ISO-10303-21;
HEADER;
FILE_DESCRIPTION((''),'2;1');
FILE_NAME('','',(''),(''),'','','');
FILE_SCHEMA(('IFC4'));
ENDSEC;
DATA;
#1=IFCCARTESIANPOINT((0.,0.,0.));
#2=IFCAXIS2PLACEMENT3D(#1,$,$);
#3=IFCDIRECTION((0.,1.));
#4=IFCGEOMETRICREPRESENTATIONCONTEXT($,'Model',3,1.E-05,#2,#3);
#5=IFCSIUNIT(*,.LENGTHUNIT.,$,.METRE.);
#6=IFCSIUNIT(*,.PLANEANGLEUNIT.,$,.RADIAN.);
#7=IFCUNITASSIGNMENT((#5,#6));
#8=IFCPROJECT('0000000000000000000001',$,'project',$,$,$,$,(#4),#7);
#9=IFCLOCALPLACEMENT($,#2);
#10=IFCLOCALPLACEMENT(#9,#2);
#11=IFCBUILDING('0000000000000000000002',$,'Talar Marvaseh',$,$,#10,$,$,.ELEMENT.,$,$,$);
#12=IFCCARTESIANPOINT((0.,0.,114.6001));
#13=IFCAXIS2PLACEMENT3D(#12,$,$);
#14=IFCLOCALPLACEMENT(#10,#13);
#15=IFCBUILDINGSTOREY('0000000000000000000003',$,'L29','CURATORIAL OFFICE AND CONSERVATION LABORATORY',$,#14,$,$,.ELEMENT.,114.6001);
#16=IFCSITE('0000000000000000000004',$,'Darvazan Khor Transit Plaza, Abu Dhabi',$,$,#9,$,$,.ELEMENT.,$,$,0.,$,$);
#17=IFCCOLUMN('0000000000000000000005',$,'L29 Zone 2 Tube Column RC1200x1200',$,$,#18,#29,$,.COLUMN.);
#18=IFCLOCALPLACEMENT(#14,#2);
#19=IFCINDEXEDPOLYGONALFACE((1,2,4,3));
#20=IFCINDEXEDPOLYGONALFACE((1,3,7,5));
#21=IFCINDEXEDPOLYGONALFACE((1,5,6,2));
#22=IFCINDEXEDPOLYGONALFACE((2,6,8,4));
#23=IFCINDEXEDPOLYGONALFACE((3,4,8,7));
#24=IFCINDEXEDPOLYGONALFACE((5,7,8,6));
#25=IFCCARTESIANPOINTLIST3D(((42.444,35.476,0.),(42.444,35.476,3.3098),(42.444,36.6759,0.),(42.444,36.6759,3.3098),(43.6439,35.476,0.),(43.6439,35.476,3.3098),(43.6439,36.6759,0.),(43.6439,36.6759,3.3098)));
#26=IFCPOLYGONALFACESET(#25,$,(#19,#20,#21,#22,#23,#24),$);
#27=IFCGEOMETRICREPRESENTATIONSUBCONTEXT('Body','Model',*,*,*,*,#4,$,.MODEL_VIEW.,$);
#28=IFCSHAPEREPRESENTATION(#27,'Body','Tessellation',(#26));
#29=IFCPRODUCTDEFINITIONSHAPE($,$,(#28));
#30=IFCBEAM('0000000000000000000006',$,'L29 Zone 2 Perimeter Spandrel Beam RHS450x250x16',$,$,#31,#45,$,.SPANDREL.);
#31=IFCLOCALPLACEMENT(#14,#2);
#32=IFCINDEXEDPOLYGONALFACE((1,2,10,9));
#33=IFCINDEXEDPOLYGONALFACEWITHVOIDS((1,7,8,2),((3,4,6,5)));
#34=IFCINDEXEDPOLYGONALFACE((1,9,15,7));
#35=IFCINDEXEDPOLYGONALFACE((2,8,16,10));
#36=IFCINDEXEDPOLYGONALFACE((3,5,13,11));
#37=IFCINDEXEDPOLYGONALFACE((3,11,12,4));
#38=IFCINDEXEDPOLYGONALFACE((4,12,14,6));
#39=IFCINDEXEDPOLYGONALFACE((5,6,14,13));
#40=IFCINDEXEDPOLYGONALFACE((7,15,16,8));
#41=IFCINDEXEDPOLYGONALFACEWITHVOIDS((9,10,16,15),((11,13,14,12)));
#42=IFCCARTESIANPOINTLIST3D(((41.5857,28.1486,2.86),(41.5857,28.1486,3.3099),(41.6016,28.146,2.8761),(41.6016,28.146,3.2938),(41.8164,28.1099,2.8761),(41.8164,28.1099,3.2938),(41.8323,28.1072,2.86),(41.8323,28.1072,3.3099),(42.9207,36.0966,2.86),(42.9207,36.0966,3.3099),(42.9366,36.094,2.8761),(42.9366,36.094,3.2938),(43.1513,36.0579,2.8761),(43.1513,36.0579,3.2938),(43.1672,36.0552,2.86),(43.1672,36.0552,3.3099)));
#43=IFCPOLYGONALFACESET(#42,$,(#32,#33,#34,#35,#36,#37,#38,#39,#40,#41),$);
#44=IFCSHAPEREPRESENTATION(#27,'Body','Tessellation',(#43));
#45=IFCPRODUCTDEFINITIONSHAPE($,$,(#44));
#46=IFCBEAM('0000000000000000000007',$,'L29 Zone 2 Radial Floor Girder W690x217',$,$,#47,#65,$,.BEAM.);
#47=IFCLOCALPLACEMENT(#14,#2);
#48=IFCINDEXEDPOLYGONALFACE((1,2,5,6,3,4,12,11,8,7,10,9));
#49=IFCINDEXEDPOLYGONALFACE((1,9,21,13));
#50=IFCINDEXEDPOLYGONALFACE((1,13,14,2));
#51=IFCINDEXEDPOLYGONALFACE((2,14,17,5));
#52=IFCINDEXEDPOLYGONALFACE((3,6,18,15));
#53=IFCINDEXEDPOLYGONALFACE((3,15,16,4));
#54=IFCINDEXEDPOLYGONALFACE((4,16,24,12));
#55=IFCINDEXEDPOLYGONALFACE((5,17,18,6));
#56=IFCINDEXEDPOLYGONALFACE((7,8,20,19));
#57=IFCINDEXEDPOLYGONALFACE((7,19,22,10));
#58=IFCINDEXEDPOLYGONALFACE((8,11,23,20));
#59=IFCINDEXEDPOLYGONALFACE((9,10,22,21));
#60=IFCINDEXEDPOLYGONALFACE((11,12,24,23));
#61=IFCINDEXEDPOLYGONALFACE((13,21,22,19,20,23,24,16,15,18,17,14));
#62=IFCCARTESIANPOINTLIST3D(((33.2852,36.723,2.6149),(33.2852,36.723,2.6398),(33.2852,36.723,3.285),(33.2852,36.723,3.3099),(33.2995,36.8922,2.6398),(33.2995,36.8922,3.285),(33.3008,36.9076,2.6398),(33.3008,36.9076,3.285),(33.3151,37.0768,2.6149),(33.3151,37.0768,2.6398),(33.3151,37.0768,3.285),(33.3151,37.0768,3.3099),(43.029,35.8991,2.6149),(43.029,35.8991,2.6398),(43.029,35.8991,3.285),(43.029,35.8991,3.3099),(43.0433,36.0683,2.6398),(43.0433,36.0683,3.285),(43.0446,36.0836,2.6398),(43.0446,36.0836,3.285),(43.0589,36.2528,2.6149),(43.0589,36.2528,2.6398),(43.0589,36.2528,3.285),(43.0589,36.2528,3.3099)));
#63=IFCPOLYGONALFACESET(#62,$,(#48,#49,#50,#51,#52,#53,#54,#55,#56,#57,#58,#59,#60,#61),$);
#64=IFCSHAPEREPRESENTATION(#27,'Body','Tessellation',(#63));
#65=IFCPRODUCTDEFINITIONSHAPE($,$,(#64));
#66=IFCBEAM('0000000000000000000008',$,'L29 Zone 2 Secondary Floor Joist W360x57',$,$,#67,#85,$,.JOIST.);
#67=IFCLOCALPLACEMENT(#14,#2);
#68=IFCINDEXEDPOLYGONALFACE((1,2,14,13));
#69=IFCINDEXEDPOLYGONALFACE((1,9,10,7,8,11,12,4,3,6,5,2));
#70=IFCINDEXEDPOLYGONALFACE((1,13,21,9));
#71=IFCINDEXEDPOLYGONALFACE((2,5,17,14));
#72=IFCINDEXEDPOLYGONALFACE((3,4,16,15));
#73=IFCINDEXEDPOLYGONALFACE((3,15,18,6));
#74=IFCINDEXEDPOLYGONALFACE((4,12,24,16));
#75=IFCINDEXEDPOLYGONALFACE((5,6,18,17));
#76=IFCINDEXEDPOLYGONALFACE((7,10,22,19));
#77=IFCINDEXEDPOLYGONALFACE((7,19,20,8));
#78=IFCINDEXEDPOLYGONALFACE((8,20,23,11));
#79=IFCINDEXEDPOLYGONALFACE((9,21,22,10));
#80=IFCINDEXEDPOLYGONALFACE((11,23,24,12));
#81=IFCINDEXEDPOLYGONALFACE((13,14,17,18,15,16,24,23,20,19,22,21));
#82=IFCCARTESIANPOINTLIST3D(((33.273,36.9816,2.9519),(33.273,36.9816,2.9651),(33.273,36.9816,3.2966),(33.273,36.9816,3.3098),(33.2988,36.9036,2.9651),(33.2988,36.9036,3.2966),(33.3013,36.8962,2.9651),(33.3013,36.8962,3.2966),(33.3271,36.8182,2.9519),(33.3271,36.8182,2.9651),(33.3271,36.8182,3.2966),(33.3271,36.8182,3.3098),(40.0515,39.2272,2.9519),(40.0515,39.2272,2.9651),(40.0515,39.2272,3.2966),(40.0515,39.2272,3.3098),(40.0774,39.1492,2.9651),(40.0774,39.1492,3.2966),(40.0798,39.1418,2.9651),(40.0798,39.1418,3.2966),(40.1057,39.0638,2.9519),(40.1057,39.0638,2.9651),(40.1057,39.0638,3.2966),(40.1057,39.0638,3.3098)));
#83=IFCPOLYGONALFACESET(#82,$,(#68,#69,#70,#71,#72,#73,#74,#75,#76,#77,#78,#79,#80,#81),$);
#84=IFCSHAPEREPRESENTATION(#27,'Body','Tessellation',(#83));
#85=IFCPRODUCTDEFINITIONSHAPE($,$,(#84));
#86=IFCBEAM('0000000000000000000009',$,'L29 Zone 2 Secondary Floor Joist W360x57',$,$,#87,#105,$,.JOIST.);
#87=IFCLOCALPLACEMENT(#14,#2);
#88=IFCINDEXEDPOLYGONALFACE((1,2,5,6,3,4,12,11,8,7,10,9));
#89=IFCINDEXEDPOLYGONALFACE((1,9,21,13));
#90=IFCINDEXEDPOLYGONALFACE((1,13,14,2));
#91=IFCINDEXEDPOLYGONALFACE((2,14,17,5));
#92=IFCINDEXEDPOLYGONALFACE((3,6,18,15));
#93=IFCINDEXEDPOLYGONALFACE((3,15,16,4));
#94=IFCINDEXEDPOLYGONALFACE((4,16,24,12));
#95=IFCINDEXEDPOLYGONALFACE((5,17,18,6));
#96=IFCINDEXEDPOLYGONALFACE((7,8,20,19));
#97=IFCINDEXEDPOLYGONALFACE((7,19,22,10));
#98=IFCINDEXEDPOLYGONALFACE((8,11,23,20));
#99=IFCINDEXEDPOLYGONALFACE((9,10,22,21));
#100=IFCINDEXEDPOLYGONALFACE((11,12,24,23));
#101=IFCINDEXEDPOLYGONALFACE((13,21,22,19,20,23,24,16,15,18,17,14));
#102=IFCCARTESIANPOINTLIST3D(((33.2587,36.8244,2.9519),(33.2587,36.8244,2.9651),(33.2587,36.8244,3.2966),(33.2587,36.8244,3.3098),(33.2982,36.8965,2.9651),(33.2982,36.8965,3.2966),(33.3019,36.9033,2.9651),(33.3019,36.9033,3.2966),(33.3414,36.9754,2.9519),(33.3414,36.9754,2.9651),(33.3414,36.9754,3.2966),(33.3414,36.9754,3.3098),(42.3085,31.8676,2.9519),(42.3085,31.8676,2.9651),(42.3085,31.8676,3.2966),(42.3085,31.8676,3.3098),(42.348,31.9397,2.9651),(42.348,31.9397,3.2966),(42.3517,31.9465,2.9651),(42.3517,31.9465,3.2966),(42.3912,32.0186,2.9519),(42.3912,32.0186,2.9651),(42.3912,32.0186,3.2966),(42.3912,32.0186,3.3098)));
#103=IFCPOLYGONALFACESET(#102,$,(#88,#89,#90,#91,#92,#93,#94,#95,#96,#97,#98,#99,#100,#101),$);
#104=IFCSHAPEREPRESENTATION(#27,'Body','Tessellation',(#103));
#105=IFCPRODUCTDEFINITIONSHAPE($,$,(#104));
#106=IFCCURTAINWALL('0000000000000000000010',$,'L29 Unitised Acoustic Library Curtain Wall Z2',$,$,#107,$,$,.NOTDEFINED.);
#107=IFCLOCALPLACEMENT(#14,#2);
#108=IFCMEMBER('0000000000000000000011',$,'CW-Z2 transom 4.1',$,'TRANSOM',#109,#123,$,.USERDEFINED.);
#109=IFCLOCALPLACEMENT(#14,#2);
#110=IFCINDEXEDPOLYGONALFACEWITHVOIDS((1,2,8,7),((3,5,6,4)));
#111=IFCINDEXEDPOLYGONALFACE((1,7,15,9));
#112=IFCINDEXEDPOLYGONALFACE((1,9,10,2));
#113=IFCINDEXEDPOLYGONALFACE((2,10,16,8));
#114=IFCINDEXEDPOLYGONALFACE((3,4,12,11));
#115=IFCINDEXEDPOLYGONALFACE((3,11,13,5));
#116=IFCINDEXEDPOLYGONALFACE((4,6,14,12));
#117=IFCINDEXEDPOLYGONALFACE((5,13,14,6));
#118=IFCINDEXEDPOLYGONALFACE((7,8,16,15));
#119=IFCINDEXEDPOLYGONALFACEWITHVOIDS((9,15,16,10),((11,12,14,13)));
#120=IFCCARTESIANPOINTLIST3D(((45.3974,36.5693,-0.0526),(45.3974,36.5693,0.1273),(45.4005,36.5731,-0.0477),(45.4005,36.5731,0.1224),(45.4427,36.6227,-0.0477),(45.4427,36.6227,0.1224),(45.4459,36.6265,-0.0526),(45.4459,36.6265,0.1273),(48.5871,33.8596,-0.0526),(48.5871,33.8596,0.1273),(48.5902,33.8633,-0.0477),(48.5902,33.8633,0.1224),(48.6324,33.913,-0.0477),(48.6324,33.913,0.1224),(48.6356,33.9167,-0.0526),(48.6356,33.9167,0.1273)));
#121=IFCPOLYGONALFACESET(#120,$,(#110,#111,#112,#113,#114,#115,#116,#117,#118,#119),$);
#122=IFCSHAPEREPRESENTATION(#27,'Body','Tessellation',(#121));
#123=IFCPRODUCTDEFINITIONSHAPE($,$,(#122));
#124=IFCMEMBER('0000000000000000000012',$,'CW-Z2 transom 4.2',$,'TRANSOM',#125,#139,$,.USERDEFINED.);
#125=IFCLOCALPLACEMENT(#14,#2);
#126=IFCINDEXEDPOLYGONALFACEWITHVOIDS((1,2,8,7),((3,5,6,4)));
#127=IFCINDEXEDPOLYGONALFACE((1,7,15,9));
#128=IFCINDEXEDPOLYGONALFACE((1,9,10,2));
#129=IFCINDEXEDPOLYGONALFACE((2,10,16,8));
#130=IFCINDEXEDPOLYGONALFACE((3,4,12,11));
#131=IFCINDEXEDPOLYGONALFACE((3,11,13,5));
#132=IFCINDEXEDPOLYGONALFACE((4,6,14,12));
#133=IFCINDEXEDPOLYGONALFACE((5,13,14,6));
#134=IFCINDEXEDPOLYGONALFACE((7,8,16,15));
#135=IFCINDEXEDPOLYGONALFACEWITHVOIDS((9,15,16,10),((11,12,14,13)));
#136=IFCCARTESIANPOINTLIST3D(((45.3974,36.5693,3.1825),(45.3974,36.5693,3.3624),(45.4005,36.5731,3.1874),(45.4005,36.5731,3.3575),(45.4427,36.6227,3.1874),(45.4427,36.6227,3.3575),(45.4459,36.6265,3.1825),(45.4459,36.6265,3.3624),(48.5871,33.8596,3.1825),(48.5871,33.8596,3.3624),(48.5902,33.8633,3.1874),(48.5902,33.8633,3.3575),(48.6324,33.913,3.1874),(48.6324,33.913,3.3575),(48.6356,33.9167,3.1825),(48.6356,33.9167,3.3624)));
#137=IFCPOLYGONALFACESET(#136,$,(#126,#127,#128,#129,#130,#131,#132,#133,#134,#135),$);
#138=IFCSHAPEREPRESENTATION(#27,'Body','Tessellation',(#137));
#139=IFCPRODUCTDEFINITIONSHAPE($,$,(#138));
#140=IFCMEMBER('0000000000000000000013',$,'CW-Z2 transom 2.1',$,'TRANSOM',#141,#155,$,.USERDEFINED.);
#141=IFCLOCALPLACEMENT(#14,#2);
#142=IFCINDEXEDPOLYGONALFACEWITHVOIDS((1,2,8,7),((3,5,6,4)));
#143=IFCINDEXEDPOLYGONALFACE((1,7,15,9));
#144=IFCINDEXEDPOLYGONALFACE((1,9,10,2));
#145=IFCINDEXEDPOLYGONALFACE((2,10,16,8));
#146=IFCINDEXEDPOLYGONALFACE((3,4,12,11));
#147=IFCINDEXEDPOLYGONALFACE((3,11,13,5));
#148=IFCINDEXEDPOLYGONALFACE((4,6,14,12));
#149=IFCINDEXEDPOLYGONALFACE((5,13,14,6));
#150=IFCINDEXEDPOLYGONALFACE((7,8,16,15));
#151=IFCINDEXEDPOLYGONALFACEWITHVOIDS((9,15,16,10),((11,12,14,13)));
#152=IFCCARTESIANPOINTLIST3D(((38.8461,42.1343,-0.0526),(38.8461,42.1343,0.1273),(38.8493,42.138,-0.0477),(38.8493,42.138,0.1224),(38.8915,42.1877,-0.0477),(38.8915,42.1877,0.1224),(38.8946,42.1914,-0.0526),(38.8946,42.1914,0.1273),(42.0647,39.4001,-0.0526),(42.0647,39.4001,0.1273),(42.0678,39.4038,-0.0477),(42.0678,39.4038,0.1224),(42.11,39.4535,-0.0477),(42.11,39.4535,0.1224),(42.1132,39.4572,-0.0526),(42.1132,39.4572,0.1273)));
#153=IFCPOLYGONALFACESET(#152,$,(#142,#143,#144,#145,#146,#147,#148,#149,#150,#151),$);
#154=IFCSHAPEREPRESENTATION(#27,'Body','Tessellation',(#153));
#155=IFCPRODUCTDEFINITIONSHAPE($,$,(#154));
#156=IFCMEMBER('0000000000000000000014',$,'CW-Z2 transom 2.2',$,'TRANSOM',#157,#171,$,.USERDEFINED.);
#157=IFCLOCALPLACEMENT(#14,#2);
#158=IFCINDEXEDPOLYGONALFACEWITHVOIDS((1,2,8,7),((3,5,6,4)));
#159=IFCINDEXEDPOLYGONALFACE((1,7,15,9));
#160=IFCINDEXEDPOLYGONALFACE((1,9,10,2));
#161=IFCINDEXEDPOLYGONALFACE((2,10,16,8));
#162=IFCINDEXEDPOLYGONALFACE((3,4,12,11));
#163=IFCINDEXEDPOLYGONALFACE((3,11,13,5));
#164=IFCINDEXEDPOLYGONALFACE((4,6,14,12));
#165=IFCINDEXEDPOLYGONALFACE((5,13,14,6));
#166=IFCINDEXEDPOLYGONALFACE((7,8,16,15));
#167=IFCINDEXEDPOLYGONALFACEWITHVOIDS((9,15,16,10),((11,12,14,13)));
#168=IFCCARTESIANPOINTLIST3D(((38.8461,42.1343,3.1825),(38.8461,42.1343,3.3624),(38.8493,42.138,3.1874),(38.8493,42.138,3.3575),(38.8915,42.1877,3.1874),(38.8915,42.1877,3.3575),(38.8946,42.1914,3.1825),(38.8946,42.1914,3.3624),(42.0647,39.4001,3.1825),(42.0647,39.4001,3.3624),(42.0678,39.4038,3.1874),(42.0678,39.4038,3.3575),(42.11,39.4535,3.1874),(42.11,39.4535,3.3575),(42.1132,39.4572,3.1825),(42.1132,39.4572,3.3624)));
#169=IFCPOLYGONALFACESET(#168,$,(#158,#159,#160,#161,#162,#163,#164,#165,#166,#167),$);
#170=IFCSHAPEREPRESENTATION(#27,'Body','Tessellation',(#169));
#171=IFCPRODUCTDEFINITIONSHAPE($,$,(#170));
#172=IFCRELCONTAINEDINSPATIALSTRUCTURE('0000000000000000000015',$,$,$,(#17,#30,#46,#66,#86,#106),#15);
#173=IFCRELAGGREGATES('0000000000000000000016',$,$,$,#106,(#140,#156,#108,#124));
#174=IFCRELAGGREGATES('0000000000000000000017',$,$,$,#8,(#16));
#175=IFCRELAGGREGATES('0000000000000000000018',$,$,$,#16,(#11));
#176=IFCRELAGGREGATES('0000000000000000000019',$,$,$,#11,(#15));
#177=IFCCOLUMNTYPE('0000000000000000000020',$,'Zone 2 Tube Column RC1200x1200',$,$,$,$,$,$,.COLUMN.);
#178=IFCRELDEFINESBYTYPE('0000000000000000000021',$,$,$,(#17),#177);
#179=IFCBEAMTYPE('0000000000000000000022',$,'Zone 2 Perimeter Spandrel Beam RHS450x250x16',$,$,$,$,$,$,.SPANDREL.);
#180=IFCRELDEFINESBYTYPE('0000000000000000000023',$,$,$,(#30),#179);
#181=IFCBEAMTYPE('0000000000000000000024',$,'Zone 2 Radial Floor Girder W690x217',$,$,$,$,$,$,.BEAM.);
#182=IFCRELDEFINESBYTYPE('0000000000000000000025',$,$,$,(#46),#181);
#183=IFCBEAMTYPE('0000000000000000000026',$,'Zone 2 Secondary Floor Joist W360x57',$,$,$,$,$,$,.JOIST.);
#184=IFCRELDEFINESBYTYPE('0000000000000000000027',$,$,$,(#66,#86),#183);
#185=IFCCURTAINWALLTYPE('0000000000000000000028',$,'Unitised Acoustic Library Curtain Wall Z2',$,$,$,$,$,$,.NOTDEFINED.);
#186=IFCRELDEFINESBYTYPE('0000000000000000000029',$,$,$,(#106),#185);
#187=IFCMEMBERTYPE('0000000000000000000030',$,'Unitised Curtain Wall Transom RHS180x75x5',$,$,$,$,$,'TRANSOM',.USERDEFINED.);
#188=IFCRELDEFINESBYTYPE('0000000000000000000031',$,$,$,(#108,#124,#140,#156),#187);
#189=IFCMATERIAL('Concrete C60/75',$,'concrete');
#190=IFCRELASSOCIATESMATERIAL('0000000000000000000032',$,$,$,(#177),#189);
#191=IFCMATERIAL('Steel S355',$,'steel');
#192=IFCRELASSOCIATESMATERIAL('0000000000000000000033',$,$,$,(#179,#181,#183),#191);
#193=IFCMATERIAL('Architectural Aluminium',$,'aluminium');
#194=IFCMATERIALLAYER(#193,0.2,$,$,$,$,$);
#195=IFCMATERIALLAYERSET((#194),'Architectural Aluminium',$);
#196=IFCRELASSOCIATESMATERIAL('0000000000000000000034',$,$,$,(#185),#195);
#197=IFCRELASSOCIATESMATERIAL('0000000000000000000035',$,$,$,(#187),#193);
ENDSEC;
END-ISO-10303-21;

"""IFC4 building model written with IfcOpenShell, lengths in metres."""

from ifc_helpers import new_model, si_unit, direction, frame, origin, origin_2d, place, context, subcontext, project, spatial, rectangle, hollow_rectangle, i_section, extrude, source, transform, mapped, material, layer, layer_set, material_profile, profile_set, type_object, element, aggregate, save


model = new_model("IFC4")

# Units and contexts
model_context = context("Model", 3, precision=1e-05, world=origin(), true_north=direction((0.0, 1.0)))
body_context = subcontext(model_context, "Body", "Model", "MODEL_VIEW")
ifc_project = project(units=[si_unit("LENGTHUNIT", "METRE"), si_unit("PLANEANGLEUNIT", "RADIAN")], contexts=[model_context])

# Site, building, storey
site_placement = place(None, origin())
site = spatial("IfcSite", under=ifc_project, at=site_placement, Name="Darvazan Khor Transit Plaza, Abu Dhabi", CompositionType="ELEMENT", RefElevation=0.0)
building_placement = place(site_placement, origin())
building = spatial("IfcBuilding", under=site, at=building_placement, Name="Talar Marvaseh", CompositionType="ELEMENT")
storey_placement = place(building_placement, frame((0.0, 0.0, 114.6001)))
storey = spatial("IfcBuildingStorey", under=building, at=storey_placement, Name="L29", Description="CURATORIAL OFFICE AND CONSERVATION LABORATORY", CompositionType="ELEMENT", Elevation=114.6001)

# Column
ifc_material_1 = material(Name="Concrete C60/75", Category="concrete")
ifc_material_profile_1 = material_profile(ifc_material_1, rectangle(XDim=1.2, YDim=1.2, at=origin_2d()), Name="RC1200x1200")
ifc_profile_set_1 = profile_set([ifc_material_profile_1], Name="Concrete C60/75")
column_type = type_object("IfcColumnType", Name="Zone 2 Tube Column RC1200x1200", PredefinedType="COLUMN", material=ifc_profile_set_1)
column_placement = place(storey_placement, frame((43.0439, 36.0759, 0.0), z_axis=(0.0, 0.0, 1.0), x_axis=(1.0, 0.0, 0.0)))
element("IfcColumn", 1, at=column_placement, inside=storey, type_object=column_type, Name="L29 Zone 2 Tube Column RC1200x1200", PredefinedType="COLUMN", context=body_context, shape_type="SweptSolid", body=[
    extrude(rectangle(XDim=1.2, YDim=1.2, at=origin_2d()), origin(), (0.0, 0.0, 1.0), 3.3098),
])

# Beams
ifc_material_2 = material(Name="Steel S355", Category="steel")
ifc_material_profile_2 = material_profile(ifc_material_2, hollow_rectangle(XDim=0.25, YDim=0.45, WallThickness=0.0161, at=origin_2d()), Name="RHS450x250x16")
ifc_profile_set_2 = profile_set([ifc_material_profile_2], Name="Steel S355")
beam_type_1 = type_object("IfcBeamType", Name="Zone 2 Perimeter Spandrel Beam RHS450x250x16", PredefinedType="SPANDREL", material=ifc_profile_set_2)
beam_1_placement = place(storey_placement, frame((43.0439, 36.0759, 3.085), z_axis=(-0.165642, -0.986186, 0.0), x_axis=(0.986186, -0.165642, 0.0)))
element("IfcBeam", 2, at=beam_1_placement, inside=storey, type_object=beam_type_1, Name="L29 Zone 2 Perimeter Spandrel Beam RHS450x250x16", PredefinedType="SPANDREL", context=body_context, shape_type="SweptSolid", body=[
    extrude(hollow_rectangle(XDim=0.25, YDim=0.45, WallThickness=0.0161, at=origin_2d()), origin(), (0.0, 0.0, 1.0), 8.0593),
])
ifc_material_profile_3 = material_profile(ifc_material_2, i_section(OverallWidth=0.355, OverallDepth=0.6951, WebThickness=0.0154, FlangeThickness=0.0249, at=origin_2d()), Name="W690x217")
ifc_profile_set_3 = profile_set([ifc_material_profile_3], Name="Steel S355")
beam_type_2 = type_object("IfcBeamType", Name="Zone 2 Radial Floor Girder W690x217", PredefinedType="BEAM", material=ifc_profile_set_3)
beam_2_placement = place(storey_placement, frame((43.0439, 36.0759, 2.9624), z_axis=(-0.996444, 0.084262, 0.0), x_axis=(-0.084262, -0.996444, 0.0)))
element("IfcBeam", 3, at=beam_2_placement, inside=storey, type_object=beam_type_2, Name="L29 Zone 2 Radial Floor Girder W690x217", PredefinedType="BEAM", context=body_context, shape_type="SweptSolid", body=[
    extrude(i_section(OverallWidth=0.355, OverallDepth=0.6951, WebThickness=0.0154, FlangeThickness=0.0249, at=origin_2d()), origin(), (0.0, 0.0, 1.0), 9.7786),
])
ifc_material_profile_4 = material_profile(ifc_material_2, i_section(OverallWidth=0.1721, OverallDepth=0.3579, WebThickness=0.0078, FlangeThickness=0.0132, at=origin_2d()), Name="W360x57")
ifc_profile_set_4 = profile_set([ifc_material_profile_4], Name="Steel S355")
beam_type_3 = type_object("IfcBeamType", Name="Zone 2 Secondary Floor Joist W360x57", PredefinedType="JOIST", material=ifc_profile_set_4)
beam_3_placement = place(storey_placement, frame((40.0786, 39.1455, 3.1309), z_axis=(-0.949266, -0.314473, 0.0), x_axis=(0.314473, -0.949266, 0.0)))
element("IfcBeam", 4, at=beam_3_placement, inside=storey, type_object=beam_type_3, Name="L29 Zone 2 Secondary Floor Joist W360x57", PredefinedType="JOIST", context=body_context, shape_type="SweptSolid", body=[
    extrude(i_section(OverallWidth=0.1721, OverallDepth=0.3579, WebThickness=0.0078, FlangeThickness=0.0132, at=origin_2d()), origin(), (0.0, 0.0, 1.0), 7.1409),
])
beam_4_placement = place(storey_placement, frame((42.3499, 31.9431, 3.1309), z_axis=(-0.877058, 0.480385, 0.0), x_axis=(-0.480385, -0.877058, 0.0)))
element("IfcBeam", 5, at=beam_4_placement, inside=storey, type_object=beam_type_3, Name="L29 Zone 2 Secondary Floor Joist W360x57", PredefinedType="JOIST", context=body_context, shape_type="SweptSolid", body=[
    extrude(i_section(OverallWidth=0.1721, OverallDepth=0.3579, WebThickness=0.0078, FlangeThickness=0.0132, at=origin_2d()), origin(), (0.0, 0.0, 1.0), 10.3184),
])

# Curtain wall, members
ifc_material_3 = material(Name="Architectural Aluminium", Category="aluminium")
ifc_layer_1 = layer(ifc_material_3, 0.2)
ifc_layer_set_1 = layer_set([ifc_layer_1], Name="Architectural Aluminium")
curtain_wall_type = type_object("IfcCurtainWallType", Name="Unitised Acoustic Library Curtain Wall Z2", PredefinedType="NOTDEFINED", material=ifc_layer_set_1)
curtain_wall_1_placement = place(storey_placement, origin())
curtain_wall_1 = element("IfcCurtainWall", 6, at=curtain_wall_1_placement, inside=storey, type_object=curtain_wall_type, Name="L29 Unitised Acoustic Library Curtain Wall Z2", PredefinedType="NOTDEFINED")
ifc_material_profile_5 = material_profile(ifc_material_3, hollow_rectangle(XDim=0.075, YDim=0.1799, WallThickness=0.0049, at=origin_2d()), Name="RHS180x75x5")
ifc_profile_set_5 = profile_set([ifc_material_profile_5], Name="Architectural Aluminium")
member_type_1 = type_object("IfcMemberType", Name="Unitised Curtain Wall Transom RHS180x75x5", ElementType="TRANSOM", PredefinedType="USERDEFINED", material=ifc_profile_set_5)
shared_shape_1 = source(origin(), body_context, "Body", "SweptSolid", [
    extrude(hollow_rectangle(XDim=0.075, YDim=0.1799, WallThickness=0.0049, at=origin_2d()), origin(), (0.0, 0.0, 1.0), 4.1853),
])
member_1_placement = place(storey_placement, frame((45.4216, 36.5979, 0.0374), z_axis=(0.762119, -0.647437, 0.0), x_axis=(0.647437, 0.762119, 0.0)))
member_1 = element("IfcMember", 7, at=member_1_placement, type_object=member_type_1, Name="CW-Z2 transom 4.1", ObjectType="TRANSOM", PredefinedType="USERDEFINED", context=body_context, shape_type="MappedRepresentation", body=[
    mapped(shared_shape_1, transform((0.0, 0.0, 0.0), x_axis=(1.0, 0.0, 0.0), y_axis=(0.0, 1.0, 0.0), z_axis=(0.0, 0.0, 1.0), scale=1.0)),
])
member_2_placement = place(storey_placement, frame((45.4216, 36.5979, 3.2725), z_axis=(0.762119, -0.647437, 0.0), x_axis=(0.647437, 0.762119, 0.0)))
member_2 = element("IfcMember", 8, at=member_2_placement, type_object=member_type_1, Name="CW-Z2 transom 4.2", ObjectType="TRANSOM", PredefinedType="USERDEFINED", context=body_context, shape_type="MappedRepresentation", body=[
    mapped(shared_shape_1, transform((0.0, 0.0, 0.0), x_axis=(1.0, 0.0, 0.0), y_axis=(0.0, 1.0, 0.0), z_axis=(0.0, 0.0, 1.0), scale=1.0)),
])
shared_shape_2 = source(origin(), body_context, "Body", "SweptSolid", [
    extrude(hollow_rectangle(XDim=0.075, YDim=0.1799, WallThickness=0.0049, at=origin_2d()), origin(), (0.0, 0.0, 1.0), 4.2231),
])
member_3_placement = place(storey_placement, frame((38.8704, 42.1628, 0.0374), z_axis=(0.762126, -0.647429, 0.0), x_axis=(0.647429, 0.762126, 0.0)))
member_3 = element("IfcMember", 9, at=member_3_placement, type_object=member_type_1, Name="CW-Z2 transom 2.1", ObjectType="TRANSOM", PredefinedType="USERDEFINED", context=body_context, shape_type="MappedRepresentation", body=[
    mapped(shared_shape_2, transform((0.0, 0.0, 0.0), x_axis=(1.0, 0.0, 0.0), y_axis=(0.0, 1.0, 0.0), z_axis=(0.0, 0.0, 1.0), scale=1.0)),
])
member_4_placement = place(storey_placement, frame((38.8704, 42.1628, 3.2725), z_axis=(0.762126, -0.647429, 0.0), x_axis=(0.647429, 0.762126, 0.0)))
member_4 = element("IfcMember", 10, at=member_4_placement, type_object=member_type_1, Name="CW-Z2 transom 2.2", ObjectType="TRANSOM", PredefinedType="USERDEFINED", context=body_context, shape_type="MappedRepresentation", body=[
    mapped(shared_shape_2, transform((0.0, 0.0, 0.0), x_axis=(1.0, 0.0, 0.0), y_axis=(0.0, 1.0, 0.0), z_axis=(0.0, 0.0, 1.0), scale=1.0)),
])

aggregate(curtain_wall_1, [member_3, member_4, member_1, member_2])

save(model, "model.ifc")
